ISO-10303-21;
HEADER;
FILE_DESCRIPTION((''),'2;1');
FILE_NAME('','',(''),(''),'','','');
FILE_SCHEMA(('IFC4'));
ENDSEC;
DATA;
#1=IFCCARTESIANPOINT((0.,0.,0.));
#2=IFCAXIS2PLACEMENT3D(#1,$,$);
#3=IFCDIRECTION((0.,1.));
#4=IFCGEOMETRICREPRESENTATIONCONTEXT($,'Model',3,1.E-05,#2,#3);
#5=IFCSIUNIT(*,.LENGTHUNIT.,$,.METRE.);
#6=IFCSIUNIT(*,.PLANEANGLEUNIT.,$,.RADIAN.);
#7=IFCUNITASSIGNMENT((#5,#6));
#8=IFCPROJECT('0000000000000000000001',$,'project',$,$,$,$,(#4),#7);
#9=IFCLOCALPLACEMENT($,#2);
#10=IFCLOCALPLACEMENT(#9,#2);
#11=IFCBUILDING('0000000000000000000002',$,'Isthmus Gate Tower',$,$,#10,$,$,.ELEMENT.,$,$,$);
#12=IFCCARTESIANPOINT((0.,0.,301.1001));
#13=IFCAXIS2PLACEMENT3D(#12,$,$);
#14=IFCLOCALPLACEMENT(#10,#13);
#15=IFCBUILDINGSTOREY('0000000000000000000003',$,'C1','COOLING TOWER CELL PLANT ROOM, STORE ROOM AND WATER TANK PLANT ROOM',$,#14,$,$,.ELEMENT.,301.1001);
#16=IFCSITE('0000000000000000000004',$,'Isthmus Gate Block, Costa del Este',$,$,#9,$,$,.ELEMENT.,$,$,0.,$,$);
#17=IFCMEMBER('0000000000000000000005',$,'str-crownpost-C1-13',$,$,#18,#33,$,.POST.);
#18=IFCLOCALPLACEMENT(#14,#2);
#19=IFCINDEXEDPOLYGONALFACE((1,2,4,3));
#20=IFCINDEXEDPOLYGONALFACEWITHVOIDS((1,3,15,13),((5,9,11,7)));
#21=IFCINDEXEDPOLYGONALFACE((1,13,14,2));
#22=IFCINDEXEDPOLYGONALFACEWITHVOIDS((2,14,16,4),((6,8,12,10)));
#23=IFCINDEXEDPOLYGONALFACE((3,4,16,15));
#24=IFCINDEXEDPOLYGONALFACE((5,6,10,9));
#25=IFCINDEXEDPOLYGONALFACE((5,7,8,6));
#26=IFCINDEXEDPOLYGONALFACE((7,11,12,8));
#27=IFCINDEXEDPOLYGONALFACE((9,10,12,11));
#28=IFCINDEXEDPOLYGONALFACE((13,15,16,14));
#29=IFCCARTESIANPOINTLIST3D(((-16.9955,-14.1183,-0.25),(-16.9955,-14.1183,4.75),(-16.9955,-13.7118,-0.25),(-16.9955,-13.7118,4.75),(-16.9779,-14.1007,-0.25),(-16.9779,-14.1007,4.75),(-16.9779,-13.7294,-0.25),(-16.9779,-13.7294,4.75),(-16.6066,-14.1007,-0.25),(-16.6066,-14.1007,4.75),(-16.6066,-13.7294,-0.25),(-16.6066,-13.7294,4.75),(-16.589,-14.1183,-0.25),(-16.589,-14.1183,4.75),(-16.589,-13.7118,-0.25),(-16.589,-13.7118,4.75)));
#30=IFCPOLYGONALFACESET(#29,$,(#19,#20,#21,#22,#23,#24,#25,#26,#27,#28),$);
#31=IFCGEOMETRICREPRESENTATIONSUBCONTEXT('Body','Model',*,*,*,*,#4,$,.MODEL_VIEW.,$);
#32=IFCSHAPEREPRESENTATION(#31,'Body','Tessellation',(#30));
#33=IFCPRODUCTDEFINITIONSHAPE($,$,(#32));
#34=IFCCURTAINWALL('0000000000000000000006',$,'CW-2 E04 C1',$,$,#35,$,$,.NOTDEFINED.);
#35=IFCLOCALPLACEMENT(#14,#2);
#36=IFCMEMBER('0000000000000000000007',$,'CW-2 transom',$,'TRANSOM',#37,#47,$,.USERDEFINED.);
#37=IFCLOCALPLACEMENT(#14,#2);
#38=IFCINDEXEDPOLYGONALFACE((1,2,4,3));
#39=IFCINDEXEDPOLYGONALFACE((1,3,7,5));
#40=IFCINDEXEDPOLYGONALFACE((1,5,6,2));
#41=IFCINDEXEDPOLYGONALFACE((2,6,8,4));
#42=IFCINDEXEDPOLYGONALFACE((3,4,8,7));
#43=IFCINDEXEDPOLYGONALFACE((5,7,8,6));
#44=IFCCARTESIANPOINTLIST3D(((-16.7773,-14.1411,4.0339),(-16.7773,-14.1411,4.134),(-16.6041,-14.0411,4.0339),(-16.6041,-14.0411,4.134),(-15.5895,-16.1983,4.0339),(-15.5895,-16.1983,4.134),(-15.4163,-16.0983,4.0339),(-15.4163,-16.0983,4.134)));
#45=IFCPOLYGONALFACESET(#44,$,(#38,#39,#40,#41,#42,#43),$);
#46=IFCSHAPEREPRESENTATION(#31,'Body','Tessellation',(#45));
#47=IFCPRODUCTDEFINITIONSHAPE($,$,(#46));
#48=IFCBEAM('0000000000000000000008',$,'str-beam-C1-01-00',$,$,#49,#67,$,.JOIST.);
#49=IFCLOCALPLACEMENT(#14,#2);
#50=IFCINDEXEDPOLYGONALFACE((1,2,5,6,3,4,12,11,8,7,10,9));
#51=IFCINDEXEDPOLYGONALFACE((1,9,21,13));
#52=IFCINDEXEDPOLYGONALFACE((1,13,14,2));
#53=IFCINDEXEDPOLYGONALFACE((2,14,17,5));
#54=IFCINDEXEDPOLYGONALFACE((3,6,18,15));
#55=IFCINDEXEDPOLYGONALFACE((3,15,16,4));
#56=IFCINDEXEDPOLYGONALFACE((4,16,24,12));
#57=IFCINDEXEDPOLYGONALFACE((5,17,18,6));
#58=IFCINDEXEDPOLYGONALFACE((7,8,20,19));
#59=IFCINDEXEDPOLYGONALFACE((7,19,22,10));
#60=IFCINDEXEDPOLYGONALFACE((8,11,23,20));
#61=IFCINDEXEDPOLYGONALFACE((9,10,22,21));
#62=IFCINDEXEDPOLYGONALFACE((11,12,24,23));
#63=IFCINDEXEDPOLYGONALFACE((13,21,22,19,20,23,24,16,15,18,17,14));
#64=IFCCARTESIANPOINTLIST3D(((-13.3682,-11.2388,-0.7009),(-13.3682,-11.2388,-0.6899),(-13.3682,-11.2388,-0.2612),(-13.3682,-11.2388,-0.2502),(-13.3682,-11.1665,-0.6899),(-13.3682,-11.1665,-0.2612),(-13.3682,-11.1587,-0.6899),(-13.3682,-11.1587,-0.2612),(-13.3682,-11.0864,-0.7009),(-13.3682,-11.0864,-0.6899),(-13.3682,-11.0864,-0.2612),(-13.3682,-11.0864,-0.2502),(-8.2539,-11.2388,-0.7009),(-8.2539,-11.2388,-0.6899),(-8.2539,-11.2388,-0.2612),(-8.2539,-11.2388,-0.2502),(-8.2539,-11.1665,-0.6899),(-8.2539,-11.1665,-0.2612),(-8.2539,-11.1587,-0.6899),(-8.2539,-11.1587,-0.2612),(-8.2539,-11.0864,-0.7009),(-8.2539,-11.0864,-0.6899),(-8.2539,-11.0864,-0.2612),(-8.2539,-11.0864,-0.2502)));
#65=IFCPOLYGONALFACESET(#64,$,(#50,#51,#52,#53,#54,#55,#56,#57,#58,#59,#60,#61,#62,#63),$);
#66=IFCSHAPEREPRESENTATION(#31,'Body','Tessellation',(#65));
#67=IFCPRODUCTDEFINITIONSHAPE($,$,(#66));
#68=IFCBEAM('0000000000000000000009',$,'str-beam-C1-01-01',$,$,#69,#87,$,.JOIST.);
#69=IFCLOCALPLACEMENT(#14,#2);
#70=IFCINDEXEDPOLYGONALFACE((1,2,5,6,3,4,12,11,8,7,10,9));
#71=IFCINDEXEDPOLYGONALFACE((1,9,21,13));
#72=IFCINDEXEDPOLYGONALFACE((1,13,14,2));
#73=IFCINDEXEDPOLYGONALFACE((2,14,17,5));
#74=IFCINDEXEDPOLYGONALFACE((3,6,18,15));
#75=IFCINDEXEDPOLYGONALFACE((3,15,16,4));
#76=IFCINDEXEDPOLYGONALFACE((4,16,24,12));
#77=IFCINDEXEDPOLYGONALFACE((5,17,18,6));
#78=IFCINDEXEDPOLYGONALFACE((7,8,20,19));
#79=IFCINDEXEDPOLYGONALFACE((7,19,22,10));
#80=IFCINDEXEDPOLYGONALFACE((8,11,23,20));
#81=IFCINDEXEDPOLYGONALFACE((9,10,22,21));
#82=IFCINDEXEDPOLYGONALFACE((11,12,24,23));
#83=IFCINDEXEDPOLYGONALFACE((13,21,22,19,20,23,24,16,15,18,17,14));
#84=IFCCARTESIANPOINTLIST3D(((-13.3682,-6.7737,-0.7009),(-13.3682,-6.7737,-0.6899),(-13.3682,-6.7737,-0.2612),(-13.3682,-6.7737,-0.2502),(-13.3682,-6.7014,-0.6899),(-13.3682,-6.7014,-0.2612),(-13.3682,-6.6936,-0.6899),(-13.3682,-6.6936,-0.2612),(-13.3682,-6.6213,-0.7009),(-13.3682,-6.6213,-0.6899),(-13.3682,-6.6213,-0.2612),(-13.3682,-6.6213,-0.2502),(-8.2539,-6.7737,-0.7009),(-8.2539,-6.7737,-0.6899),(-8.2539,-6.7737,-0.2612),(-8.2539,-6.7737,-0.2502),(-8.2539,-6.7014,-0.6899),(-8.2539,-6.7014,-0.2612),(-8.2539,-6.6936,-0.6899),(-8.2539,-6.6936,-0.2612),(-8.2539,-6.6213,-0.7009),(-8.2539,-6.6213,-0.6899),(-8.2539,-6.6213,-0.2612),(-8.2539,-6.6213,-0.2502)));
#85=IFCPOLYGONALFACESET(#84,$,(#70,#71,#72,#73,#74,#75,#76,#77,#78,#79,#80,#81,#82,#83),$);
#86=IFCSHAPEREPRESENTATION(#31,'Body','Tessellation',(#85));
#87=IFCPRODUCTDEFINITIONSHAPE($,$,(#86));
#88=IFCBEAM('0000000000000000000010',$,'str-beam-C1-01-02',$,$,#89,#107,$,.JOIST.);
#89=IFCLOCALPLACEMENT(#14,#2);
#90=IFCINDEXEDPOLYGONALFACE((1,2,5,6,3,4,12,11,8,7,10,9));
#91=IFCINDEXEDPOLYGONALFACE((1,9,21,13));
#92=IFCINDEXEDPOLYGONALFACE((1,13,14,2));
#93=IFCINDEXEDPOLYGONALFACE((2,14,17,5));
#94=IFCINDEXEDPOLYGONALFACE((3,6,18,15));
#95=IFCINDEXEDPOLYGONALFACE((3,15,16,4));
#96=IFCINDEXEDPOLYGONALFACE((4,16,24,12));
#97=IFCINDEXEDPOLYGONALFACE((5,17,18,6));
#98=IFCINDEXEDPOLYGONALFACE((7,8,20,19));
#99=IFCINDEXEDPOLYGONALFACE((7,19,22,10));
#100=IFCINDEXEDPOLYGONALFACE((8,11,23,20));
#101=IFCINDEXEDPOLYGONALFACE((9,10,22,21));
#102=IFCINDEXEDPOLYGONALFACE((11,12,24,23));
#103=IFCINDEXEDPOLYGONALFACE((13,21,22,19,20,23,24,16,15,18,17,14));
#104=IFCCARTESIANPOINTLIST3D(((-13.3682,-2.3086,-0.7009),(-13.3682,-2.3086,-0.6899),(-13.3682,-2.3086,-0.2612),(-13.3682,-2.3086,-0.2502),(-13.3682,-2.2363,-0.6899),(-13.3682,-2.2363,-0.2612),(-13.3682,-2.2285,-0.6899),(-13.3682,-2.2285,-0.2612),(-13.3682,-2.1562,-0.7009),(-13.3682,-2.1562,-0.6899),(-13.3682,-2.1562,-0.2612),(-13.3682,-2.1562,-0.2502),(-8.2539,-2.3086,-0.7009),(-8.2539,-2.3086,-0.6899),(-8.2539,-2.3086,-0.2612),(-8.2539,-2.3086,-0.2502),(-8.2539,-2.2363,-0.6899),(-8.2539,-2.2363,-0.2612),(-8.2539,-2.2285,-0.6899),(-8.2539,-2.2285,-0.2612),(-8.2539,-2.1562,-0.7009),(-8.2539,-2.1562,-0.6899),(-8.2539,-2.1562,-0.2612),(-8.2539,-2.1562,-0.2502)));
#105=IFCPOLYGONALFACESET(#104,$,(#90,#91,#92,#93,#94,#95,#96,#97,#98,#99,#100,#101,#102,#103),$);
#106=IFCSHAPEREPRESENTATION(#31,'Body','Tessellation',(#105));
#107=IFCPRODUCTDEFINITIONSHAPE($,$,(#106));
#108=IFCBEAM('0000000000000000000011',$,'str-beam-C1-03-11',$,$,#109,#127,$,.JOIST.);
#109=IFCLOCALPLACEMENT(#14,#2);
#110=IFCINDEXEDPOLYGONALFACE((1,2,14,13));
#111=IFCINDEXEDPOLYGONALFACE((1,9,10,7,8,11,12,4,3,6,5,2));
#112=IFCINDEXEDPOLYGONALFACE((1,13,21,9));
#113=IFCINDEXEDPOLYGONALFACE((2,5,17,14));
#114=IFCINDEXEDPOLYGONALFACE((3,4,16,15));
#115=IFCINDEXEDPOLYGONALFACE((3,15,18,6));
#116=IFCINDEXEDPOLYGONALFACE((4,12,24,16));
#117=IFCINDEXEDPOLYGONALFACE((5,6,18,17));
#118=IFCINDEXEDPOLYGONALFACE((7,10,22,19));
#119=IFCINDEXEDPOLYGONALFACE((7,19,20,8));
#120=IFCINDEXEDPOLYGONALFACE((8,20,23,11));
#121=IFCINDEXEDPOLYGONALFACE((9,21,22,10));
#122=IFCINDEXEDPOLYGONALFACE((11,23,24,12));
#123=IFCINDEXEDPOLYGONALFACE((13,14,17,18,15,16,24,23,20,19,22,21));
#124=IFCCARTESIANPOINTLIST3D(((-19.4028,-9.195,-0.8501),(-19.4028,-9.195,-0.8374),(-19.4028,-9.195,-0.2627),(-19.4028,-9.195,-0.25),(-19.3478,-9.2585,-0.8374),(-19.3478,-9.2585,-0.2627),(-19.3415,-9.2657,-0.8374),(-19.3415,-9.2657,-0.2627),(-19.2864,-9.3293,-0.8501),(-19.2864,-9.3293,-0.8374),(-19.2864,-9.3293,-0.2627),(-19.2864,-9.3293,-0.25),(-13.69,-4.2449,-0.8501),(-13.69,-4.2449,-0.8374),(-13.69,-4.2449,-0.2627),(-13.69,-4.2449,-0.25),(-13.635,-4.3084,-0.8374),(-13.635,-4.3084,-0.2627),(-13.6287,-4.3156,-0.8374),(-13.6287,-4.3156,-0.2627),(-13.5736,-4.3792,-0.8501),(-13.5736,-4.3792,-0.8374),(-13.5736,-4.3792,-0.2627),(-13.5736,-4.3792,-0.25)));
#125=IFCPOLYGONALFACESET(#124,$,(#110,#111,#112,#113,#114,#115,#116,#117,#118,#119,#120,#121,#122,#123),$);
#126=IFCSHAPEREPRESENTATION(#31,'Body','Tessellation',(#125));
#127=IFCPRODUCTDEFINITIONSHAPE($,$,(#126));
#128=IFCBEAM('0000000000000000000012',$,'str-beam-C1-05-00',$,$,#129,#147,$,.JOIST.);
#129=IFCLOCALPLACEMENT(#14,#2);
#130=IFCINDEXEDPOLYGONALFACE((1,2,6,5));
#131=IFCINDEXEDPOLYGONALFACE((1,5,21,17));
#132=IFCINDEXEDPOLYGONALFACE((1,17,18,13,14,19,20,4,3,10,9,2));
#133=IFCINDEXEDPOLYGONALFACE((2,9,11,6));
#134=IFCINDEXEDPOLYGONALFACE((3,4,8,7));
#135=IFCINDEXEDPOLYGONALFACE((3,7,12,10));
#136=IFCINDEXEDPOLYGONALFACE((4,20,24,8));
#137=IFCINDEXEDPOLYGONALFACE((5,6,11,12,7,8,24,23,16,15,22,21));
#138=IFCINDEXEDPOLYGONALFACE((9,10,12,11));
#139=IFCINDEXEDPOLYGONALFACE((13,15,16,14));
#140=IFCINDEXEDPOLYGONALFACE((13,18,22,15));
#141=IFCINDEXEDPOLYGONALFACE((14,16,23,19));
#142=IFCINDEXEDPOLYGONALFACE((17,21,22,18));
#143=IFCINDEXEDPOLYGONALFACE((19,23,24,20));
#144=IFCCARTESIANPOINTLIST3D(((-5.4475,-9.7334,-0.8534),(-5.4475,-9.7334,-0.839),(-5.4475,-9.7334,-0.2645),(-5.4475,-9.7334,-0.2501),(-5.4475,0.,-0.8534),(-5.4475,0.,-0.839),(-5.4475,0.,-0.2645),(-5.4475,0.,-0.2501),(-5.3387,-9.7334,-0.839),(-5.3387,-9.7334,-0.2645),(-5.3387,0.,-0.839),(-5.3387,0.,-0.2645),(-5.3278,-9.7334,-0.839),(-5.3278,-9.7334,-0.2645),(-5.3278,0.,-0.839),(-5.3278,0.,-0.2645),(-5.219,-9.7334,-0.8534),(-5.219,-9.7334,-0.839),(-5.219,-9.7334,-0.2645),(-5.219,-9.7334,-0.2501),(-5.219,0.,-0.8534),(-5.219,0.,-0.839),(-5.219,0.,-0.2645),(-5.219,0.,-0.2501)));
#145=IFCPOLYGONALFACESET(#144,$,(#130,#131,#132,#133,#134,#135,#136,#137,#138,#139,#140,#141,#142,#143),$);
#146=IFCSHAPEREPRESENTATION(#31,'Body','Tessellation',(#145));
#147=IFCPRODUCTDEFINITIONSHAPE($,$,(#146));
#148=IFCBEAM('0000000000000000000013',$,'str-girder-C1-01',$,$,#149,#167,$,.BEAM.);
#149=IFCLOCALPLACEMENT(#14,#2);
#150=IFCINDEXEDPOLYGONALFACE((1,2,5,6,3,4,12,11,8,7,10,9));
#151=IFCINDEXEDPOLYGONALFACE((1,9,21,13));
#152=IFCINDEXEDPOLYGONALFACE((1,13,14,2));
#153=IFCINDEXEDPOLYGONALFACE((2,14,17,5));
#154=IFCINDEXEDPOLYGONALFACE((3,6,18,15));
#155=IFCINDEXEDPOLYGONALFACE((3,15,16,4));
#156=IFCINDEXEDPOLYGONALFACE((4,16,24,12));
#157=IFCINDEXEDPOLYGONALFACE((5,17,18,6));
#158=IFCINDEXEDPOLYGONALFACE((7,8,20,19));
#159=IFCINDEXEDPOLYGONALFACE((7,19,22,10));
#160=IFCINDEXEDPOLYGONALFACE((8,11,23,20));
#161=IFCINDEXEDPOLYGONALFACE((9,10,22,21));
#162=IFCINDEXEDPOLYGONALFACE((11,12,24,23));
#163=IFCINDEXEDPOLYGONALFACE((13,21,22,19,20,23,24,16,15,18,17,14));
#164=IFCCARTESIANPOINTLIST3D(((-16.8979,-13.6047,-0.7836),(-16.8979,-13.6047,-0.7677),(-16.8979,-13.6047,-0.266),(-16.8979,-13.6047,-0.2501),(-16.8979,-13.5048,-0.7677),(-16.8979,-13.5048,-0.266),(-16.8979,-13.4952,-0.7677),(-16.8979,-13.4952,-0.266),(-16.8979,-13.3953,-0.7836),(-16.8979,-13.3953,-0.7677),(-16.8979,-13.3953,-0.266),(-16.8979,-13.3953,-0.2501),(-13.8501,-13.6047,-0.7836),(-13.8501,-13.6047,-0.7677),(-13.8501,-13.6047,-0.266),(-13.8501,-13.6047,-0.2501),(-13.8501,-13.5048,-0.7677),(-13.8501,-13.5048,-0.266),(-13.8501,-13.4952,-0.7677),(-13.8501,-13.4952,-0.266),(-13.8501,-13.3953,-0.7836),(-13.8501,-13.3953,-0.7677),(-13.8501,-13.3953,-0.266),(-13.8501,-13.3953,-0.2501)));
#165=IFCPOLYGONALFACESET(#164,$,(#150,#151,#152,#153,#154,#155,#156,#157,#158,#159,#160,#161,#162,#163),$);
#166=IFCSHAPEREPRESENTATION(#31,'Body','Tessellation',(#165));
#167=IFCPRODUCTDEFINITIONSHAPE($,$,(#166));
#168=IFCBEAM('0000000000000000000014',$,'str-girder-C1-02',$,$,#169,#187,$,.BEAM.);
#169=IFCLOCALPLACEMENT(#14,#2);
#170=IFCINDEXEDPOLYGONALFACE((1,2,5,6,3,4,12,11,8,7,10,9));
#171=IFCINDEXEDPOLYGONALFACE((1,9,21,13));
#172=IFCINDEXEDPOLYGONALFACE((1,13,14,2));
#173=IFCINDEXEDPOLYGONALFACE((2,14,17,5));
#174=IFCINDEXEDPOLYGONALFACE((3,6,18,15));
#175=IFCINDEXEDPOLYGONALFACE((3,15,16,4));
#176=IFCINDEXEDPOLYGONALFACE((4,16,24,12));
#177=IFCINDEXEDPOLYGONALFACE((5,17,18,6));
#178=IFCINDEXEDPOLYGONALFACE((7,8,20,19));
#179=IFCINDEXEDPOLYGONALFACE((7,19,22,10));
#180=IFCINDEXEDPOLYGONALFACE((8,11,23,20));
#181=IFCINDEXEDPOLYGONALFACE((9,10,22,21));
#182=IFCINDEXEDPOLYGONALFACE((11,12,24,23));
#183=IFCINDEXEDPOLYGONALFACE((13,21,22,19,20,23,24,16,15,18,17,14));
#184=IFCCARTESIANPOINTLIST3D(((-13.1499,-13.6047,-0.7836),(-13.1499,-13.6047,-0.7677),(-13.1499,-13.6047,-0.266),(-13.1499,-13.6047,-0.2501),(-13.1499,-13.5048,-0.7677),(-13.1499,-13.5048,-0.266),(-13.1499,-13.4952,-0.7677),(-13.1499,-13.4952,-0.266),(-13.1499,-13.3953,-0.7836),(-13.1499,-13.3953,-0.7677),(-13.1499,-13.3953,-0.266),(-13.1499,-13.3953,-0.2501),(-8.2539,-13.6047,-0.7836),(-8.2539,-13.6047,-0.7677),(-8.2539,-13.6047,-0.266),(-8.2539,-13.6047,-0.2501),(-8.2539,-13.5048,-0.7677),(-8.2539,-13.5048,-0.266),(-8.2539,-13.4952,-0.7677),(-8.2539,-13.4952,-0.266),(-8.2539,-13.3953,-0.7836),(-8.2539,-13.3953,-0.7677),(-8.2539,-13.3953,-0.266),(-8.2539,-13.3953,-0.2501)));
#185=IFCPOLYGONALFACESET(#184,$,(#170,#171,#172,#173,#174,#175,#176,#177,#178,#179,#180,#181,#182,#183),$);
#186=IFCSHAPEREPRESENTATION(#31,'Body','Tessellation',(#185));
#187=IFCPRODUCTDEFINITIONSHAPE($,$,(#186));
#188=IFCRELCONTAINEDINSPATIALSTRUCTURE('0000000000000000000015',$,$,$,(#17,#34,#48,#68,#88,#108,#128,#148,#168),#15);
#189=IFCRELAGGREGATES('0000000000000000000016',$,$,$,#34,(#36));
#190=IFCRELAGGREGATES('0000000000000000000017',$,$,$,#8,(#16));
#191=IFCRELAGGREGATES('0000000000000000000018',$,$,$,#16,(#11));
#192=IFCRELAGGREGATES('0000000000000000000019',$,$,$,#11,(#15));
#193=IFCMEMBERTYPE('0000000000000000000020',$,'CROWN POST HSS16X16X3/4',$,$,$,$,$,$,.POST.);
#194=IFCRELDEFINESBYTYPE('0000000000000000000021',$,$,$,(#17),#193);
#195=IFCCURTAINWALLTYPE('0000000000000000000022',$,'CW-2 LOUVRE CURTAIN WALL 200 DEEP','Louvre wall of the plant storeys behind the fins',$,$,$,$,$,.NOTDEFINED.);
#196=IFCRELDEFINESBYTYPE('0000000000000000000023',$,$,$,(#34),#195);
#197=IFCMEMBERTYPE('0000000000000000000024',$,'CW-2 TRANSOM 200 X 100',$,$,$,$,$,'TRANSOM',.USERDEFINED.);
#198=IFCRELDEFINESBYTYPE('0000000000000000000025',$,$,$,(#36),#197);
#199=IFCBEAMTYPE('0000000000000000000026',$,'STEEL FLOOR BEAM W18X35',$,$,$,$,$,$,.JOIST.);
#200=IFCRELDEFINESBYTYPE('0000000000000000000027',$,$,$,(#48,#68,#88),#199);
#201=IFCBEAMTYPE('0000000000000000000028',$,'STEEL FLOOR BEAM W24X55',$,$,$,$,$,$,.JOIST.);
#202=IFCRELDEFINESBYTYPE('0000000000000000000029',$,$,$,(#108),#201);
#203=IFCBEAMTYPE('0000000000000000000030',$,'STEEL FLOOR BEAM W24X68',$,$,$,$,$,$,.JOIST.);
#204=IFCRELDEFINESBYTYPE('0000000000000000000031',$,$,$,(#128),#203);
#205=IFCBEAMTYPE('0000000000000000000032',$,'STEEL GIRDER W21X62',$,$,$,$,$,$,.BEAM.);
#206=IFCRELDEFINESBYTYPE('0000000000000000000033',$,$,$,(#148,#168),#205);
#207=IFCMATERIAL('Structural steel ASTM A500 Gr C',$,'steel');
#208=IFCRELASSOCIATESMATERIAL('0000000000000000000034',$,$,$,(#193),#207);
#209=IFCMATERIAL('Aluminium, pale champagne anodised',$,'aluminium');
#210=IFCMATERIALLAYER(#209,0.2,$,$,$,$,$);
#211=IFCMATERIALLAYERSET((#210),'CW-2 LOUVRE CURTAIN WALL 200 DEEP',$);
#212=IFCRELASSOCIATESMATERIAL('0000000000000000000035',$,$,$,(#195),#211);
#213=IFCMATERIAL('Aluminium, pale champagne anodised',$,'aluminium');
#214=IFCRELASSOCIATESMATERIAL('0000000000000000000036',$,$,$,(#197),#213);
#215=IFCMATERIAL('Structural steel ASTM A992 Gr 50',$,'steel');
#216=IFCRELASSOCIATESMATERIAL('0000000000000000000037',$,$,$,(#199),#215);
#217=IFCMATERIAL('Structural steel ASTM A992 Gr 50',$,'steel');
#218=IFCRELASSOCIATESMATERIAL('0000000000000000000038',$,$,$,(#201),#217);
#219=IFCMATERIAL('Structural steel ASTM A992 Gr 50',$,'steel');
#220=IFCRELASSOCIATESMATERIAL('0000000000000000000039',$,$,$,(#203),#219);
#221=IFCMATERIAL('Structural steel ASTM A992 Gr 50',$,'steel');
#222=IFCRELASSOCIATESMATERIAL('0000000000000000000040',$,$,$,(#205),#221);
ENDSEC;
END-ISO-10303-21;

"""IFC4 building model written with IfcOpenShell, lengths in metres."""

from ifc_helpers import new_model, si_unit, direction, frame, origin, origin_2d, place, context, subcontext, project, spatial, rectangle, hollow_rectangle, i_section, extrude, material, layer, layer_set, material_profile, profile_set, type_object, element, aggregate, save


model = new_model("IFC4")

# Units and contexts
model_context = context("Model", 3, precision=1e-05, world=origin(), true_north=direction((0.0, 1.0)))
body_context = subcontext(model_context, "Body", "Model", "MODEL_VIEW")
ifc_project = project(units=[si_unit("LENGTHUNIT", "METRE"), si_unit("PLANEANGLEUNIT", "RADIAN")], contexts=[model_context])

# Site, building, storey
site_placement = place(None, origin())
site = spatial("IfcSite", under=ifc_project, at=site_placement, Name="Isthmus Gate Block, Costa del Este", CompositionType="ELEMENT", RefElevation=0.0)
building_placement = place(site_placement, origin())
building = spatial("IfcBuilding", under=site, at=building_placement, Name="Isthmus Gate Tower", CompositionType="ELEMENT")
storey_placement = place(building_placement, frame((0.0, 0.0, 301.1001)))
storey = spatial("IfcBuildingStorey", under=building, at=storey_placement, Name="C1", Description="COOLING TOWER CELL PLANT ROOM, STORE ROOM AND WATER TANK PLANT ROOM", CompositionType="ELEMENT", Elevation=301.1001)

# Member
ifc_material_1 = material(Name="Structural steel ASTM A500 Gr C", Category="steel")
ifc_material_profile_1 = material_profile(ifc_material_1, hollow_rectangle(XDim=0.4065, YDim=0.4065, WallThickness=0.0176, at=origin_2d()), Name="HSS16X16X3/4")
ifc_profile_set_1 = profile_set([ifc_material_profile_1], Name="Structural steel ASTM A500 Gr C")
member_type_1 = type_object("IfcMemberType", Name="CROWN POST HSS16X16X3/4", PredefinedType="POST", material=ifc_profile_set_1)
member_1_placement = place(storey_placement, frame((-16.7922, -13.915, -0.25), z_axis=(0.0, 0.0, 1.0), x_axis=(1.0, 0.0, 0.0)))
element("IfcMember", 1, at=member_1_placement, inside=storey, type_object=member_type_1, Name="str-crownpost-C1-13", PredefinedType="POST", context=body_context, shape_type="SweptSolid", body=[
    extrude(hollow_rectangle(XDim=0.4065, YDim=0.4065, WallThickness=0.0176, at=origin_2d()), origin(), (0.0, 0.0, 1.0), 5.0),
])

# Curtain wall, member
ifc_material_2 = material(Name="Aluminium, pale champagne anodised", Category="aluminium")
ifc_layer_1 = layer(ifc_material_2, 0.2)
ifc_layer_set_1 = layer_set([ifc_layer_1], Name="CW-2 LOUVRE CURTAIN WALL 200 DEEP")
curtain_wall_type = type_object("IfcCurtainWallType", Name="CW-2 LOUVRE CURTAIN WALL 200 DEEP", Description="Louvre wall of the plant storeys behind the fins", PredefinedType="NOTDEFINED", material=ifc_layer_set_1)
curtain_wall_placement = place(storey_placement, origin())
curtain_wall = element("IfcCurtainWall", 2, at=curtain_wall_placement, inside=storey, type_object=curtain_wall_type, Name="CW-2 E04 C1", PredefinedType="NOTDEFINED")
ifc_material_3 = material(Name="Aluminium, pale champagne anodised", Category="aluminium")
ifc_material_profile_2 = material_profile(ifc_material_3, rectangle(XDim=0.2, YDim=0.1001, at=origin_2d()), Name="200x100")
ifc_profile_set_2 = profile_set([ifc_material_profile_2], Name="Aluminium, pale champagne anodised")
member_type_2 = type_object("IfcMemberType", Name="CW-2 TRANSOM 200 X 100", ElementType="TRANSOM", PredefinedType="USERDEFINED", material=ifc_profile_set_2)
member_2_placement = place(storey_placement, frame((-16.6907, -14.0911, 4.084), z_axis=(0.500019, -0.866014, 0.0), x_axis=(0.866014, 0.500019, 0.0)))
member_2 = element("IfcMember", 3, at=member_2_placement, type_object=member_type_2, Name="CW-2 transom", ObjectType="TRANSOM", PredefinedType="USERDEFINED", context=body_context, shape_type="SweptSolid", body=[
    extrude(rectangle(XDim=0.2, YDim=0.1001, at=origin_2d()), origin(), (0.0, 0.0, 1.0), 2.3755),
])

# Beams
ifc_material_4 = material(Name="Structural steel ASTM A992 Gr 50", Category="steel")
ifc_material_profile_3 = material_profile(ifc_material_4, i_section(OverallWidth=0.1523, OverallDepth=0.4507, WebThickness=0.0078, FlangeThickness=0.011, at=origin_2d()), Name="W18X35")
ifc_profile_set_3 = profile_set([ifc_material_profile_3], Name="Structural steel ASTM A992 Gr 50")
beam_type_1 = type_object("IfcBeamType", Name="STEEL FLOOR BEAM W18X35", PredefinedType="JOIST", material=ifc_profile_set_3)
for number, where, z_axis, x_axis, name in (
    (4, (-13.3682, -11.1626, -0.4756), (1.0, 0.0, 0.0), (0.0, 1.0, 0.0), "str-beam-C1-01-00"),
    (5, (-13.3682, -6.6975, -0.4756), (1.0, 0.0, 0.0), (0.0, 1.0, 0.0), "str-beam-C1-01-01"),
    (6, (-13.3682, -2.2324, -0.4756), (1.0, 0.0, 0.0), (0.0, 1.0, 0.0), "str-beam-C1-01-02"),
):
    element("IfcBeam", number, at=place(storey_placement, frame(where, z_axis=z_axis, x_axis=x_axis)), inside=storey, type_object=beam_type_1, Name=name, PredefinedType="JOIST", context=body_context, shape_type="SweptSolid", body=[
        extrude(i_section(OverallWidth=0.1523, OverallDepth=0.4507, WebThickness=0.0078, FlangeThickness=0.011, at=origin_2d()), origin(), (0.0, 0.0, 1.0), 5.1143),
    ])
ifc_material_5 = material(Name="Structural steel ASTM A992 Gr 50", Category="steel")
ifc_material_profile_4 = material_profile(ifc_material_5, i_section(OverallWidth=0.1777, OverallDepth=0.6001, WebThickness=0.0095, FlangeThickness=0.0127, at=origin_2d()), Name="W24X55")
ifc_profile_set_4 = profile_set([ifc_material_profile_4], Name="Structural steel ASTM A992 Gr 50")
beam_type_2 = type_object("IfcBeamType", Name="STEEL FLOOR BEAM W24X55", PredefinedType="JOIST", material=ifc_profile_set_4)
beam_1_placement = place(storey_placement, frame((-13.6318, -4.312, -0.55), z_axis=(-0.755753, -0.654857, 0.0), x_axis=(0.654857, -0.755753, 0.0)))
element("IfcBeam", 7, at=beam_1_placement, inside=storey, type_object=beam_type_2, Name="str-beam-C1-03-11", PredefinedType="JOIST", context=body_context, shape_type="SweptSolid", body=[
    extrude(i_section(OverallWidth=0.1777, OverallDepth=0.6001, WebThickness=0.0095, FlangeThickness=0.0127, at=origin_2d()), origin(), (0.0, 0.0, 1.0), 7.5591),
])
ifc_material_6 = material(Name="Structural steel ASTM A992 Gr 50", Category="steel")
ifc_material_profile_5 = material_profile(ifc_material_6, i_section(OverallWidth=0.2285, OverallDepth=0.6033, WebThickness=0.011, FlangeThickness=0.0144, at=origin_2d()), Name="W24X68")
ifc_profile_set_5 = profile_set([ifc_material_profile_5], Name="Structural steel ASTM A992 Gr 50")
beam_type_3 = type_object("IfcBeamType", Name="STEEL FLOOR BEAM W24X68", PredefinedType="JOIST", material=ifc_profile_set_5)
beam_2_placement = place(storey_placement, frame((-5.3333, -9.7334, -0.5518), z_axis=(0.0, 1.0, 0.0), x_axis=(-1.0, 0.0, 0.0)))
element("IfcBeam", 8, at=beam_2_placement, inside=storey, type_object=beam_type_3, Name="str-beam-C1-05-00", PredefinedType="JOIST", context=body_context, shape_type="SweptSolid", body=[
    extrude(i_section(OverallWidth=0.2285, OverallDepth=0.6033, WebThickness=0.011, FlangeThickness=0.0144, at=origin_2d()), origin(), (0.0, 0.0, 1.0), 9.7334),
])
ifc_material_7 = material(Name="Structural steel ASTM A992 Gr 50", Category="steel")
ifc_material_profile_6 = material_profile(ifc_material_7, i_section(OverallWidth=0.2095, OverallDepth=0.5334, WebThickness=0.0095, FlangeThickness=0.0159, at=origin_2d()), Name="W21X62")
ifc_profile_set_6 = profile_set([ifc_material_profile_6], Name="Structural steel ASTM A992 Gr 50")
beam_type_4 = type_object("IfcBeamType", Name="STEEL GIRDER W21X62", PredefinedType="BEAM", material=ifc_profile_set_6)
beam_3_placement = place(storey_placement, frame((-16.8979, -13.5, -0.5168), z_axis=(1.0, 0.0, 0.0), x_axis=(0.0, 1.0, 0.0)))
element("IfcBeam", 9, at=beam_3_placement, inside=storey, type_object=beam_type_4, Name="str-girder-C1-01", PredefinedType="BEAM", context=body_context, shape_type="SweptSolid", body=[
    extrude(i_section(OverallWidth=0.2095, OverallDepth=0.5334, WebThickness=0.0095, FlangeThickness=0.0159, at=origin_2d()), origin(), (0.0, 0.0, 1.0), 3.0479),
])
beam_4_placement = place(storey_placement, frame((-13.1499, -13.5, -0.5168), z_axis=(1.0, 0.0, 0.0), x_axis=(0.0, 1.0, 0.0)))
element("IfcBeam", 10, at=beam_4_placement, inside=storey, type_object=beam_type_4, Name="str-girder-C1-02", PredefinedType="BEAM", context=body_context, shape_type="SweptSolid", body=[
    extrude(i_section(OverallWidth=0.2095, OverallDepth=0.5334, WebThickness=0.0095, FlangeThickness=0.0159, at=origin_2d()), origin(), (0.0, 0.0, 1.0), 4.896),
])

aggregate(curtain_wall, [member_2])

save(model, "model.ifc")
